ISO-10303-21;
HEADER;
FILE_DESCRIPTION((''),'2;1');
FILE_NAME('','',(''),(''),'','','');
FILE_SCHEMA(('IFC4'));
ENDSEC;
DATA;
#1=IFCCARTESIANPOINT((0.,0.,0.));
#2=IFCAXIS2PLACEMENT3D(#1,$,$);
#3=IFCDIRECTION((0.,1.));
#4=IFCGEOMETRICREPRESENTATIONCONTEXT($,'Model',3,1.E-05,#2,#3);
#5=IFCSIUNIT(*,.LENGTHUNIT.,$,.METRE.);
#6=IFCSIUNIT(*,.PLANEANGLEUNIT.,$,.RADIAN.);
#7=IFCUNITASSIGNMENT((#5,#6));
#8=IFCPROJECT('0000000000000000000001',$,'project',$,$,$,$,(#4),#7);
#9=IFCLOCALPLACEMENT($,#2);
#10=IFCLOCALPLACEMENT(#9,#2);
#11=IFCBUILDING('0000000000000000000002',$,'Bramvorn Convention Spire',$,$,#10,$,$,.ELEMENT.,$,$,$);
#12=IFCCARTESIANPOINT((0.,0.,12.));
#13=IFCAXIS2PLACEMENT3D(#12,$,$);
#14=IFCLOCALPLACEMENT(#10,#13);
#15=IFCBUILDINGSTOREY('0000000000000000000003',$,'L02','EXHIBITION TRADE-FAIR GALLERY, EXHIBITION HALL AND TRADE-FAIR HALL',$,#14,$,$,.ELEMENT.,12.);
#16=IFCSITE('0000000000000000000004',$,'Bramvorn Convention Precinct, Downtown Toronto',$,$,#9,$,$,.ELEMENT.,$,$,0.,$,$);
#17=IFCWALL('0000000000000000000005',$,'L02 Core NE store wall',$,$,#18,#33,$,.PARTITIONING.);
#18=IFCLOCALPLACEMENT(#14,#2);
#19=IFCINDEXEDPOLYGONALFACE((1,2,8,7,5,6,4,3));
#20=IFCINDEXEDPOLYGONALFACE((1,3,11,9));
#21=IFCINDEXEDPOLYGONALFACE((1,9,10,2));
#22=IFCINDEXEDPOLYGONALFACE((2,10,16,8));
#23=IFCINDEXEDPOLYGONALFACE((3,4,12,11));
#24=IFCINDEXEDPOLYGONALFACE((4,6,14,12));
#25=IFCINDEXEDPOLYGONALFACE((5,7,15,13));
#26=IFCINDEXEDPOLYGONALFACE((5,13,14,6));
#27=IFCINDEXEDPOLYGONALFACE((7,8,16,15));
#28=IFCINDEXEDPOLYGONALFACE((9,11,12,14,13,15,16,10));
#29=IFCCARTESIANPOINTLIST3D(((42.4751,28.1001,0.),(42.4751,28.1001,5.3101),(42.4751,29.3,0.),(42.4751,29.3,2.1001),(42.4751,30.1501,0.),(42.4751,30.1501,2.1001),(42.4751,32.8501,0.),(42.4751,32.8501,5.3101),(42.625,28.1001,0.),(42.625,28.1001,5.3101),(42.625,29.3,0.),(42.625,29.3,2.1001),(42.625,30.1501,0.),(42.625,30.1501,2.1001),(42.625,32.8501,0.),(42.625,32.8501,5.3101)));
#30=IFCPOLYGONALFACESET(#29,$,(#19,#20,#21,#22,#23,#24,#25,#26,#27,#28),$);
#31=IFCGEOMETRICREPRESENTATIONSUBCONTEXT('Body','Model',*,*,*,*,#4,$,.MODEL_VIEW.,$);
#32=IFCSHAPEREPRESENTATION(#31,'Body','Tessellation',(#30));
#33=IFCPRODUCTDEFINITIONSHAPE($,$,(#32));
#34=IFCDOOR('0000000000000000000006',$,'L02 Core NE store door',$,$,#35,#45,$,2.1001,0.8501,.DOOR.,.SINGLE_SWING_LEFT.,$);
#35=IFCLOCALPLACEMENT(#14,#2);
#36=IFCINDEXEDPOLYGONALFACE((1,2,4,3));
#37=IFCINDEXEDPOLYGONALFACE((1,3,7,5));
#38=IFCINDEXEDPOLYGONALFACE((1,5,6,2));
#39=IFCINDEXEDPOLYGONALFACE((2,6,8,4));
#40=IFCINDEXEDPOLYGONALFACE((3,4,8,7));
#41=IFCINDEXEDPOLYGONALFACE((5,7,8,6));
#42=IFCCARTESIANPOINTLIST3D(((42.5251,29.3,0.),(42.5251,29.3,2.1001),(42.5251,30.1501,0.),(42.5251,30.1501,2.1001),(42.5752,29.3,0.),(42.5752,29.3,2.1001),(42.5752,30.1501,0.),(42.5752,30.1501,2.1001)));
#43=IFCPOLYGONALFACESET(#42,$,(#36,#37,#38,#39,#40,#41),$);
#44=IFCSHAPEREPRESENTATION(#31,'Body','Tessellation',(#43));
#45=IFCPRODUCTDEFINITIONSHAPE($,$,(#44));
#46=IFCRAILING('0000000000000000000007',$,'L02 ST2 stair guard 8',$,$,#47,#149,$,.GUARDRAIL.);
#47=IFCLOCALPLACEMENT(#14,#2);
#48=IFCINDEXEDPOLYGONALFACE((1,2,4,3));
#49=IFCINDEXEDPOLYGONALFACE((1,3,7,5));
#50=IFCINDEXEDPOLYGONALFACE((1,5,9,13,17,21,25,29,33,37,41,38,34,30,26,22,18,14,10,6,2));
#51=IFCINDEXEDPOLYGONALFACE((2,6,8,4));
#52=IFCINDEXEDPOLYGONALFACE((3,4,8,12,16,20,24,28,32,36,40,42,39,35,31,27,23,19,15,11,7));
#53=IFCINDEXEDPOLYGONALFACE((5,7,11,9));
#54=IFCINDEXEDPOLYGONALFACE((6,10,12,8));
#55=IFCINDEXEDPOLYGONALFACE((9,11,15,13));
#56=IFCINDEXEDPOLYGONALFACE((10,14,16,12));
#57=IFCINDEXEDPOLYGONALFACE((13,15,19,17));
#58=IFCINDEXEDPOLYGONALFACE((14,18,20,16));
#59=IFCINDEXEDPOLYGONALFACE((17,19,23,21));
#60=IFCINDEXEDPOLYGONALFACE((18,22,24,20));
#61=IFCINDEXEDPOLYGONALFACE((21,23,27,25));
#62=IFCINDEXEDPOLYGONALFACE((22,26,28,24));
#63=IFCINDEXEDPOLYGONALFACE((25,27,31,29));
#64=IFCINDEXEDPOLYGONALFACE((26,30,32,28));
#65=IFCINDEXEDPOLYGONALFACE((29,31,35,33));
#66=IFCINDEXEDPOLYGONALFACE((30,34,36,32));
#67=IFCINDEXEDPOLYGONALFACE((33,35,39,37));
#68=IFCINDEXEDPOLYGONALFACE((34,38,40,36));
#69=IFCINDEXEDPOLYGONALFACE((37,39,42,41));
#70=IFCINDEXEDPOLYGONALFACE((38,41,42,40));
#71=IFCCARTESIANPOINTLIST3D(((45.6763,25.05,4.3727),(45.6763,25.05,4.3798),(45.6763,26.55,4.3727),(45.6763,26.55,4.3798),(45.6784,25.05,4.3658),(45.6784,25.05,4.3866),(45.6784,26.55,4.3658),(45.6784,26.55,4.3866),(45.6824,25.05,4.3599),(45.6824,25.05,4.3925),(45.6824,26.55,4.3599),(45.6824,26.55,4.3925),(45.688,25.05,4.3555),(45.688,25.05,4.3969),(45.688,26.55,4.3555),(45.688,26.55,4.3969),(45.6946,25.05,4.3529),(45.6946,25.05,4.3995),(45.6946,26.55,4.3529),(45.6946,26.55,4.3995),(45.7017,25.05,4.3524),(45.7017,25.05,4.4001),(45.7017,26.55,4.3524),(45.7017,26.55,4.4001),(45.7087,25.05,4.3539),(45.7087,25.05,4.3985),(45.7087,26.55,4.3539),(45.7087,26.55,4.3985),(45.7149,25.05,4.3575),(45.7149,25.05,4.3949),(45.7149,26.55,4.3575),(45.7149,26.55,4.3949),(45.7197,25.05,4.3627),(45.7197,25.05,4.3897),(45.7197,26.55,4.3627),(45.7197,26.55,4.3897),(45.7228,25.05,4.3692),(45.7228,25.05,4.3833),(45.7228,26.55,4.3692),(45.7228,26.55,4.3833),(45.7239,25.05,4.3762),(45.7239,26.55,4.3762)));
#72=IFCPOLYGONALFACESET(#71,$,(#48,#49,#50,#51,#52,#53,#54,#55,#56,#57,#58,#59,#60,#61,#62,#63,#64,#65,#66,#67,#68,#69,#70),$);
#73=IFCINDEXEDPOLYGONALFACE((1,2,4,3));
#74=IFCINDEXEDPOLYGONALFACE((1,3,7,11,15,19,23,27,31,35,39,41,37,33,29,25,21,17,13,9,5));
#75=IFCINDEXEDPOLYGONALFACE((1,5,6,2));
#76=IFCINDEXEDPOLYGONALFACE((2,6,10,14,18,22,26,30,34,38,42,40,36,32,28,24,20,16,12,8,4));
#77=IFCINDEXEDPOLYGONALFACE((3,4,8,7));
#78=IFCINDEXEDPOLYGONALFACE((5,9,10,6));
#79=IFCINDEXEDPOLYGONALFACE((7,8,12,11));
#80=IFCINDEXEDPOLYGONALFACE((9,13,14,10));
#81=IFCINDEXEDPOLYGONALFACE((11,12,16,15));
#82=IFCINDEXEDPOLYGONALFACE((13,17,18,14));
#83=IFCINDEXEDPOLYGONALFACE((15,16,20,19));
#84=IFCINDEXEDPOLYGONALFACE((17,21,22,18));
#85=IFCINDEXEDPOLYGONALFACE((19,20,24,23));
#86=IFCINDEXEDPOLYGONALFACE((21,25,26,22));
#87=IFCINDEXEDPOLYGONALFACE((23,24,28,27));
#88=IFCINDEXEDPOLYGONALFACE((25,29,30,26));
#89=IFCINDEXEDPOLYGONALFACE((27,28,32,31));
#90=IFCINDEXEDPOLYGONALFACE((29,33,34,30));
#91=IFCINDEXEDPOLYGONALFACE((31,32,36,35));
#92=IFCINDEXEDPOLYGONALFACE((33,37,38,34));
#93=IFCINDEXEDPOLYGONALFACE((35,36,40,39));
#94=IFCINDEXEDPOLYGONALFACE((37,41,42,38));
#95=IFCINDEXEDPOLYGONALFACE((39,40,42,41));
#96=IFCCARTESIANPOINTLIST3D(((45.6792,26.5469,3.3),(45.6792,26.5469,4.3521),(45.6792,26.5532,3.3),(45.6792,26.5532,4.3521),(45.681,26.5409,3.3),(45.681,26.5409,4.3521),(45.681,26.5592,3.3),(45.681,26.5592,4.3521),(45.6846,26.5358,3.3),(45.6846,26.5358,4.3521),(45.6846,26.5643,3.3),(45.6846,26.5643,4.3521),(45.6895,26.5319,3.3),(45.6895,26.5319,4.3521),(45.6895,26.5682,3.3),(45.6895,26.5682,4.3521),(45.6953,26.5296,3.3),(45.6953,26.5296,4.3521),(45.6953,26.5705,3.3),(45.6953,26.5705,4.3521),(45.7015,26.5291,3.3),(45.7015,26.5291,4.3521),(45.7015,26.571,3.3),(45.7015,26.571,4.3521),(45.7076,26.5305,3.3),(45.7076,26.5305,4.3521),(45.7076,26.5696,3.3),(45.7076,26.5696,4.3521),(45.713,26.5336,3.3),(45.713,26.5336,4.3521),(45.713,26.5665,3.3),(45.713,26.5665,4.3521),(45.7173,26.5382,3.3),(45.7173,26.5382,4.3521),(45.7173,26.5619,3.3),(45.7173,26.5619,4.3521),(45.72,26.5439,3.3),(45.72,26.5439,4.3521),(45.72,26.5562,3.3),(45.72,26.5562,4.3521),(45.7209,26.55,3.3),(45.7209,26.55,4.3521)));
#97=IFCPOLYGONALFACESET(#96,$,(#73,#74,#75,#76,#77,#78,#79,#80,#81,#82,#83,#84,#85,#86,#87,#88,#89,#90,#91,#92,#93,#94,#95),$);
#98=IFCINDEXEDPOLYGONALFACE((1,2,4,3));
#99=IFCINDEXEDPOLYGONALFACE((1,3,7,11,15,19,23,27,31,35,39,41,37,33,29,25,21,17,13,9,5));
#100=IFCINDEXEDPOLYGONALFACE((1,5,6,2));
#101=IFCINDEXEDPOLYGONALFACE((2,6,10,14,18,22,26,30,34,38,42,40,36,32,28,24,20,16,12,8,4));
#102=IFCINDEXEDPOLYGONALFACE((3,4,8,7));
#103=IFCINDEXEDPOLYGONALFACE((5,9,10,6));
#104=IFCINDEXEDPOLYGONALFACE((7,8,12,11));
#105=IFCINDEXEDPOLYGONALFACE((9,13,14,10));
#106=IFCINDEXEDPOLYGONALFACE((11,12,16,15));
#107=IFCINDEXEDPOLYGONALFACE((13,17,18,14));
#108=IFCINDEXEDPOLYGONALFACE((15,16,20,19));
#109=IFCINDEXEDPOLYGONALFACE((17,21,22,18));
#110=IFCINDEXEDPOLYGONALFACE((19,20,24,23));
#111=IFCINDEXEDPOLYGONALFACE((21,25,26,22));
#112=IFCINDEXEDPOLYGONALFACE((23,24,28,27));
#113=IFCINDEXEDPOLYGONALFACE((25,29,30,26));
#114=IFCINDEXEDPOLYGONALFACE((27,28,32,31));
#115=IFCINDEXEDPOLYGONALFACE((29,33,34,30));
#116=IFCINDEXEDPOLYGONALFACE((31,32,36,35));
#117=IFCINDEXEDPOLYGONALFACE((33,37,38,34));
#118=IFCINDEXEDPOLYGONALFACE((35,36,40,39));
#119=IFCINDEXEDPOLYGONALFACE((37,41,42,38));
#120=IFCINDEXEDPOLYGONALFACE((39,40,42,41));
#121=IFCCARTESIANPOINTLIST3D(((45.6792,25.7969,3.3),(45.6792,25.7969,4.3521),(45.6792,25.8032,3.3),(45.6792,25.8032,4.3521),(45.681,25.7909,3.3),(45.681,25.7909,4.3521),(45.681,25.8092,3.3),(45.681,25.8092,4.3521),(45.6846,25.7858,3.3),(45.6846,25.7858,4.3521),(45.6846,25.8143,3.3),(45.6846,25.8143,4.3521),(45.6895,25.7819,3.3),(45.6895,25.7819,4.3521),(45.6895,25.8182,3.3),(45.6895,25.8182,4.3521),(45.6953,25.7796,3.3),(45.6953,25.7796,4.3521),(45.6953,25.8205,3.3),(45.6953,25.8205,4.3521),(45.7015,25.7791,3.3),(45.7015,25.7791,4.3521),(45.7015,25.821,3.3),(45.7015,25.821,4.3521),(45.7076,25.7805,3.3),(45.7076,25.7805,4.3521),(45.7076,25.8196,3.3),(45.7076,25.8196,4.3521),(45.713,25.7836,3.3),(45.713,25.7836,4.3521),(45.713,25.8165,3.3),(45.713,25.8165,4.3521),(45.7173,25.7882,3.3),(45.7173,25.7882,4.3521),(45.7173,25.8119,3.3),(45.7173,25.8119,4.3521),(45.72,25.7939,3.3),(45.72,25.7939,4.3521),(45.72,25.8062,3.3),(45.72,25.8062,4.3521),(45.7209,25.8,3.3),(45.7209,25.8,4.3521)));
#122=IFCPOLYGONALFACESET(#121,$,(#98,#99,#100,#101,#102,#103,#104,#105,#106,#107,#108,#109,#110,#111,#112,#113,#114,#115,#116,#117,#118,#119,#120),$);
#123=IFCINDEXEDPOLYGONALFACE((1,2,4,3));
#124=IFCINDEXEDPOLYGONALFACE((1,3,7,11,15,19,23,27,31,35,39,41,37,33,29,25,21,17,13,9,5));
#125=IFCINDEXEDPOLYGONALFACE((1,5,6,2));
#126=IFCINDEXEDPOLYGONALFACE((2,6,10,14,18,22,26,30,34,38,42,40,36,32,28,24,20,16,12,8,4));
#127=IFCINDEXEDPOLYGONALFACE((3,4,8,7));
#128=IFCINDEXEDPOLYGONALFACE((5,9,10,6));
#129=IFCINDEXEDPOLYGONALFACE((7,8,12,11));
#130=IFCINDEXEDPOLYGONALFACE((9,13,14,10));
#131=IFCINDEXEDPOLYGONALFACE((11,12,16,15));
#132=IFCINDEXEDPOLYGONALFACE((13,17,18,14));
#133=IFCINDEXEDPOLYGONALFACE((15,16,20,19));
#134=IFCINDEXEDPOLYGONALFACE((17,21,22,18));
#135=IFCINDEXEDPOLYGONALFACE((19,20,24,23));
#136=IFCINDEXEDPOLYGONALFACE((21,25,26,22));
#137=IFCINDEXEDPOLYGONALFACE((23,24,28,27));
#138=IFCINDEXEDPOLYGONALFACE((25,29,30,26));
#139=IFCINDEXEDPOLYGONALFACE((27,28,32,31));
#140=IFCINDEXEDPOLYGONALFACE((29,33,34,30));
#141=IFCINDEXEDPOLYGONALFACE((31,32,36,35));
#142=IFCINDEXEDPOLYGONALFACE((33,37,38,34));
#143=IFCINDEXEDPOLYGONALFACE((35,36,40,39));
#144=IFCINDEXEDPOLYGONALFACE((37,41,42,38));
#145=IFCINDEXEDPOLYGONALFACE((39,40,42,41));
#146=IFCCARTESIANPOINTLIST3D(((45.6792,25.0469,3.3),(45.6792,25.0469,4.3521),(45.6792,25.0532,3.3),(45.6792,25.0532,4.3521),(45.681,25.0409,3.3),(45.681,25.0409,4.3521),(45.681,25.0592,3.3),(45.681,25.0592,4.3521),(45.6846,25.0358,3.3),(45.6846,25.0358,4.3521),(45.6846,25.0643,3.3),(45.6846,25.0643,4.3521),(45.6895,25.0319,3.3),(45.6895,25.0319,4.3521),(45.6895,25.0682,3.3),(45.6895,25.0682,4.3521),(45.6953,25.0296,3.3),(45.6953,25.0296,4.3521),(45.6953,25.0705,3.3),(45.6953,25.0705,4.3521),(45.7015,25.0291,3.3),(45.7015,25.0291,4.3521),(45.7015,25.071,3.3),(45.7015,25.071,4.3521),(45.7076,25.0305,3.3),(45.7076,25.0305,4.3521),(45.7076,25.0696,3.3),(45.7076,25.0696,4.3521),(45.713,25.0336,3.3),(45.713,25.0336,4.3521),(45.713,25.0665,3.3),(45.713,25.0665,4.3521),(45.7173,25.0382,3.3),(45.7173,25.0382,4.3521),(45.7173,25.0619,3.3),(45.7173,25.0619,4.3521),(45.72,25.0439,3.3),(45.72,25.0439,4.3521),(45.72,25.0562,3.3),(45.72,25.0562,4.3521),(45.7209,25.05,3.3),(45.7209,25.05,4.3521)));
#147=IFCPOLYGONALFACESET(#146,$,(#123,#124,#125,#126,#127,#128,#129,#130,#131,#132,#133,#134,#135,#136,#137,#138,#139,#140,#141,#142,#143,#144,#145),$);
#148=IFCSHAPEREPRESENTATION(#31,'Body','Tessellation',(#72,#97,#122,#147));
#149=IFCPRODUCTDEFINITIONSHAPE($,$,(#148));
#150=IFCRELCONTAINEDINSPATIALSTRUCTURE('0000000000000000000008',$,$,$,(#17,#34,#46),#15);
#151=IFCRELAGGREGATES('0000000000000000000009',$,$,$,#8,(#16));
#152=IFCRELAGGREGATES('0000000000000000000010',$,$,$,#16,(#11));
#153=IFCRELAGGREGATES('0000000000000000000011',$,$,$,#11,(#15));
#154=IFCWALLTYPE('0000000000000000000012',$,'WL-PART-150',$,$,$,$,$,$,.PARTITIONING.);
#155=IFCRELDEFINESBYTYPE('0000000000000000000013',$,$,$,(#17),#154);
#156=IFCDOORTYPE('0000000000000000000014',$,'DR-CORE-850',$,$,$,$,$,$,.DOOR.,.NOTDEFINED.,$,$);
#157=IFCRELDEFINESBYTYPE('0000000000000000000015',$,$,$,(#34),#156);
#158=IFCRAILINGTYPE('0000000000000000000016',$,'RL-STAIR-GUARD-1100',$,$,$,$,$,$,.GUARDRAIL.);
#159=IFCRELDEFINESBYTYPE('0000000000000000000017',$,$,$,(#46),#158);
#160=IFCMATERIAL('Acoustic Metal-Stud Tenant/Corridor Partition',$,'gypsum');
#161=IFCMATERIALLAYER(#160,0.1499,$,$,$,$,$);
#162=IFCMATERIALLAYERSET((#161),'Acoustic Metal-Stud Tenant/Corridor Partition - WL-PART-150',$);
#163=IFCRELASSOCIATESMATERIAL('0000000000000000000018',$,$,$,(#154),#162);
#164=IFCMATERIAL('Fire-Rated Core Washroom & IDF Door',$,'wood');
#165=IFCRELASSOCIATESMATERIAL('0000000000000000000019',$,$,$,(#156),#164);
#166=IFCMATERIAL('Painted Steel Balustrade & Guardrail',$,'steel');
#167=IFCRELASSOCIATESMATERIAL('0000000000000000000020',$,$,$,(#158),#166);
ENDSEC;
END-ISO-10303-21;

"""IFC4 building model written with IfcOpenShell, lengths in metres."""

from ifc_helpers import new_model, si_unit, direction, frame, frame_2d, origin, origin_2d, place, context, subcontext, project, spatial, rectangle, circle, extrude, material, layer, layer_set, type_object, element, fill, save


model = new_model("IFC4")

# Units and contexts
model_context = context("Model", 3, precision=1e-05, world=origin(), true_north=direction((0.0, 1.0)))
body_context = subcontext(model_context, "Body", "Model", "MODEL_VIEW")
ifc_project = project(units=[si_unit("LENGTHUNIT", "METRE"), si_unit("PLANEANGLEUNIT", "RADIAN")], contexts=[model_context])

# Site, building, storey
site_placement = place(None, origin())
site = spatial("IfcSite", under=ifc_project, at=site_placement, Name="Bramvorn Convention Precinct, Downtown Toronto", CompositionType="ELEMENT", RefElevation=0.0)
building_placement = place(site_placement, origin())
building = spatial("IfcBuilding", under=site, at=building_placement, Name="Bramvorn Convention Spire", CompositionType="ELEMENT")
storey_placement = place(building_placement, frame((0.0, 0.0, 12.0)))
storey = spatial("IfcBuildingStorey", under=building, at=storey_placement, Name="L02", Description="EXHIBITION TRADE-FAIR GALLERY, EXHIBITION HALL AND TRADE-FAIR HALL", CompositionType="ELEMENT", Elevation=12.0)

# Shared definitions
ifc_material_1 = material(Name="Acoustic Metal-Stud Tenant/Corridor Partition", Category="gypsum")
ifc_layer_1 = layer(ifc_material_1, 0.1499)
ifc_layer_set_1 = layer_set([ifc_layer_1], Name="Acoustic Metal-Stud Tenant/Corridor Partition - WL-PART-150")
wall_type_1 = type_object("IfcWallType", Name="WL-PART-150", PredefinedType="PARTITIONING", material=ifc_layer_set_1)

# Wall, opening, door
wall_1_placement = place(storey_placement, frame((42.55, 28.1001, 0.0), z_axis=(0.0, 0.0, 1.0), x_axis=(0.0, 1.0, 0.0)))
wall_1 = element("IfcWall", 1, at=wall_1_placement, inside=storey, type_object=wall_type_1, Name="L02 Core NE store wall", PredefinedType="PARTITIONING", context=body_context, shape_type="SweptSolid", body=[
    extrude(rectangle(XDim=4.75, YDim=0.1499, at=frame_2d((2.375, 0.0))), origin(), (0.0, 0.0, 1.0), 5.3101),
])
opening_1_placement = place(wall_1_placement, frame((1.2, 0.0, 0.0)))
opening_1 = element("IfcOpeningElement", 2, at=opening_1_placement, cuts=wall_1, PredefinedType="OPENING", context=body_context, shape_type="SweptSolid", body=[
    extrude(rectangle(XDim=0.8501, YDim=2.1001, at=frame_2d((0.425, 1.05))), frame((0.0, 0.085, 0.0), z_axis=(0.0, -1.0, 0.0), x_axis=(1.0, 0.0, 0.0)), (0.0, 0.0, 1.0), 0.1699),
])
ifc_material_2 = material(Name="Fire-Rated Core Washroom & IDF Door", Category="wood")
door_type_1 = type_object("IfcDoorType", Name="DR-CORE-850", OperationType="NOTDEFINED", PredefinedType="DOOR", material=ifc_material_2)
door_1_placement = place(opening_1_placement, origin())
door_1 = element("IfcDoor", 3, at=door_1_placement, inside=storey, type_object=door_type_1, Name="L02 Core NE store door", OperationType="SINGLE_SWING_LEFT", OverallHeight=2.1001, OverallWidth=0.8501, PredefinedType="DOOR", context=body_context, shape_type="SweptSolid", body=[
    extrude(rectangle(XDim=0.8501, YDim=2.1001, at=frame_2d((0.425, 1.05))), frame((0.0, 0.0249, 0.0), z_axis=(0.0, -1.0, 0.0), x_axis=(1.0, 0.0, 0.0)), (0.0, 0.0, 1.0), 0.05),
])
fill(opening_1, door_1)

# Railing
ifc_material_3 = material(Name="Painted Steel Balustrade & Guardrail", Category="steel")
railing_type = type_object("IfcRailingType", Name="RL-STAIR-GUARD-1100", PredefinedType="GUARDRAIL", material=ifc_material_3)
for number, where, name in (
    (4, (45.7, 26.55, 3.3), "L02 ST2 stair guard 8"),
):
    element("IfcRailing", number, at=place(storey_placement, frame(where)), inside=storey, type_object=railing_type, Name=name, PredefinedType="GUARDRAIL", context=body_context, shape_type="SweptSolid", body=[
        extrude(circle(Radius=0.0239, at=origin_2d()), frame((0.0, 0.0, 1.0762), z_axis=(0.0, -1.0, 0.0), x_axis=(1.0, 0.0, 0.0)), (0.0, 0.0, 1.0), 1.5),
        extrude(circle(Radius=0.021, at=origin_2d()), origin(), (0.0, 0.0, 1.0), 1.052),
        extrude(circle(Radius=0.021, at=origin_2d()), frame((0.0, -0.75, 0.0)), (0.0, 0.0, 1.0), 1.052),
        extrude(circle(Radius=0.021, at=origin_2d()), frame((0.0, -1.5, 0.0)), (0.0, 0.0, 1.0), 1.052),
    ])

save(model, "model.ifc")
